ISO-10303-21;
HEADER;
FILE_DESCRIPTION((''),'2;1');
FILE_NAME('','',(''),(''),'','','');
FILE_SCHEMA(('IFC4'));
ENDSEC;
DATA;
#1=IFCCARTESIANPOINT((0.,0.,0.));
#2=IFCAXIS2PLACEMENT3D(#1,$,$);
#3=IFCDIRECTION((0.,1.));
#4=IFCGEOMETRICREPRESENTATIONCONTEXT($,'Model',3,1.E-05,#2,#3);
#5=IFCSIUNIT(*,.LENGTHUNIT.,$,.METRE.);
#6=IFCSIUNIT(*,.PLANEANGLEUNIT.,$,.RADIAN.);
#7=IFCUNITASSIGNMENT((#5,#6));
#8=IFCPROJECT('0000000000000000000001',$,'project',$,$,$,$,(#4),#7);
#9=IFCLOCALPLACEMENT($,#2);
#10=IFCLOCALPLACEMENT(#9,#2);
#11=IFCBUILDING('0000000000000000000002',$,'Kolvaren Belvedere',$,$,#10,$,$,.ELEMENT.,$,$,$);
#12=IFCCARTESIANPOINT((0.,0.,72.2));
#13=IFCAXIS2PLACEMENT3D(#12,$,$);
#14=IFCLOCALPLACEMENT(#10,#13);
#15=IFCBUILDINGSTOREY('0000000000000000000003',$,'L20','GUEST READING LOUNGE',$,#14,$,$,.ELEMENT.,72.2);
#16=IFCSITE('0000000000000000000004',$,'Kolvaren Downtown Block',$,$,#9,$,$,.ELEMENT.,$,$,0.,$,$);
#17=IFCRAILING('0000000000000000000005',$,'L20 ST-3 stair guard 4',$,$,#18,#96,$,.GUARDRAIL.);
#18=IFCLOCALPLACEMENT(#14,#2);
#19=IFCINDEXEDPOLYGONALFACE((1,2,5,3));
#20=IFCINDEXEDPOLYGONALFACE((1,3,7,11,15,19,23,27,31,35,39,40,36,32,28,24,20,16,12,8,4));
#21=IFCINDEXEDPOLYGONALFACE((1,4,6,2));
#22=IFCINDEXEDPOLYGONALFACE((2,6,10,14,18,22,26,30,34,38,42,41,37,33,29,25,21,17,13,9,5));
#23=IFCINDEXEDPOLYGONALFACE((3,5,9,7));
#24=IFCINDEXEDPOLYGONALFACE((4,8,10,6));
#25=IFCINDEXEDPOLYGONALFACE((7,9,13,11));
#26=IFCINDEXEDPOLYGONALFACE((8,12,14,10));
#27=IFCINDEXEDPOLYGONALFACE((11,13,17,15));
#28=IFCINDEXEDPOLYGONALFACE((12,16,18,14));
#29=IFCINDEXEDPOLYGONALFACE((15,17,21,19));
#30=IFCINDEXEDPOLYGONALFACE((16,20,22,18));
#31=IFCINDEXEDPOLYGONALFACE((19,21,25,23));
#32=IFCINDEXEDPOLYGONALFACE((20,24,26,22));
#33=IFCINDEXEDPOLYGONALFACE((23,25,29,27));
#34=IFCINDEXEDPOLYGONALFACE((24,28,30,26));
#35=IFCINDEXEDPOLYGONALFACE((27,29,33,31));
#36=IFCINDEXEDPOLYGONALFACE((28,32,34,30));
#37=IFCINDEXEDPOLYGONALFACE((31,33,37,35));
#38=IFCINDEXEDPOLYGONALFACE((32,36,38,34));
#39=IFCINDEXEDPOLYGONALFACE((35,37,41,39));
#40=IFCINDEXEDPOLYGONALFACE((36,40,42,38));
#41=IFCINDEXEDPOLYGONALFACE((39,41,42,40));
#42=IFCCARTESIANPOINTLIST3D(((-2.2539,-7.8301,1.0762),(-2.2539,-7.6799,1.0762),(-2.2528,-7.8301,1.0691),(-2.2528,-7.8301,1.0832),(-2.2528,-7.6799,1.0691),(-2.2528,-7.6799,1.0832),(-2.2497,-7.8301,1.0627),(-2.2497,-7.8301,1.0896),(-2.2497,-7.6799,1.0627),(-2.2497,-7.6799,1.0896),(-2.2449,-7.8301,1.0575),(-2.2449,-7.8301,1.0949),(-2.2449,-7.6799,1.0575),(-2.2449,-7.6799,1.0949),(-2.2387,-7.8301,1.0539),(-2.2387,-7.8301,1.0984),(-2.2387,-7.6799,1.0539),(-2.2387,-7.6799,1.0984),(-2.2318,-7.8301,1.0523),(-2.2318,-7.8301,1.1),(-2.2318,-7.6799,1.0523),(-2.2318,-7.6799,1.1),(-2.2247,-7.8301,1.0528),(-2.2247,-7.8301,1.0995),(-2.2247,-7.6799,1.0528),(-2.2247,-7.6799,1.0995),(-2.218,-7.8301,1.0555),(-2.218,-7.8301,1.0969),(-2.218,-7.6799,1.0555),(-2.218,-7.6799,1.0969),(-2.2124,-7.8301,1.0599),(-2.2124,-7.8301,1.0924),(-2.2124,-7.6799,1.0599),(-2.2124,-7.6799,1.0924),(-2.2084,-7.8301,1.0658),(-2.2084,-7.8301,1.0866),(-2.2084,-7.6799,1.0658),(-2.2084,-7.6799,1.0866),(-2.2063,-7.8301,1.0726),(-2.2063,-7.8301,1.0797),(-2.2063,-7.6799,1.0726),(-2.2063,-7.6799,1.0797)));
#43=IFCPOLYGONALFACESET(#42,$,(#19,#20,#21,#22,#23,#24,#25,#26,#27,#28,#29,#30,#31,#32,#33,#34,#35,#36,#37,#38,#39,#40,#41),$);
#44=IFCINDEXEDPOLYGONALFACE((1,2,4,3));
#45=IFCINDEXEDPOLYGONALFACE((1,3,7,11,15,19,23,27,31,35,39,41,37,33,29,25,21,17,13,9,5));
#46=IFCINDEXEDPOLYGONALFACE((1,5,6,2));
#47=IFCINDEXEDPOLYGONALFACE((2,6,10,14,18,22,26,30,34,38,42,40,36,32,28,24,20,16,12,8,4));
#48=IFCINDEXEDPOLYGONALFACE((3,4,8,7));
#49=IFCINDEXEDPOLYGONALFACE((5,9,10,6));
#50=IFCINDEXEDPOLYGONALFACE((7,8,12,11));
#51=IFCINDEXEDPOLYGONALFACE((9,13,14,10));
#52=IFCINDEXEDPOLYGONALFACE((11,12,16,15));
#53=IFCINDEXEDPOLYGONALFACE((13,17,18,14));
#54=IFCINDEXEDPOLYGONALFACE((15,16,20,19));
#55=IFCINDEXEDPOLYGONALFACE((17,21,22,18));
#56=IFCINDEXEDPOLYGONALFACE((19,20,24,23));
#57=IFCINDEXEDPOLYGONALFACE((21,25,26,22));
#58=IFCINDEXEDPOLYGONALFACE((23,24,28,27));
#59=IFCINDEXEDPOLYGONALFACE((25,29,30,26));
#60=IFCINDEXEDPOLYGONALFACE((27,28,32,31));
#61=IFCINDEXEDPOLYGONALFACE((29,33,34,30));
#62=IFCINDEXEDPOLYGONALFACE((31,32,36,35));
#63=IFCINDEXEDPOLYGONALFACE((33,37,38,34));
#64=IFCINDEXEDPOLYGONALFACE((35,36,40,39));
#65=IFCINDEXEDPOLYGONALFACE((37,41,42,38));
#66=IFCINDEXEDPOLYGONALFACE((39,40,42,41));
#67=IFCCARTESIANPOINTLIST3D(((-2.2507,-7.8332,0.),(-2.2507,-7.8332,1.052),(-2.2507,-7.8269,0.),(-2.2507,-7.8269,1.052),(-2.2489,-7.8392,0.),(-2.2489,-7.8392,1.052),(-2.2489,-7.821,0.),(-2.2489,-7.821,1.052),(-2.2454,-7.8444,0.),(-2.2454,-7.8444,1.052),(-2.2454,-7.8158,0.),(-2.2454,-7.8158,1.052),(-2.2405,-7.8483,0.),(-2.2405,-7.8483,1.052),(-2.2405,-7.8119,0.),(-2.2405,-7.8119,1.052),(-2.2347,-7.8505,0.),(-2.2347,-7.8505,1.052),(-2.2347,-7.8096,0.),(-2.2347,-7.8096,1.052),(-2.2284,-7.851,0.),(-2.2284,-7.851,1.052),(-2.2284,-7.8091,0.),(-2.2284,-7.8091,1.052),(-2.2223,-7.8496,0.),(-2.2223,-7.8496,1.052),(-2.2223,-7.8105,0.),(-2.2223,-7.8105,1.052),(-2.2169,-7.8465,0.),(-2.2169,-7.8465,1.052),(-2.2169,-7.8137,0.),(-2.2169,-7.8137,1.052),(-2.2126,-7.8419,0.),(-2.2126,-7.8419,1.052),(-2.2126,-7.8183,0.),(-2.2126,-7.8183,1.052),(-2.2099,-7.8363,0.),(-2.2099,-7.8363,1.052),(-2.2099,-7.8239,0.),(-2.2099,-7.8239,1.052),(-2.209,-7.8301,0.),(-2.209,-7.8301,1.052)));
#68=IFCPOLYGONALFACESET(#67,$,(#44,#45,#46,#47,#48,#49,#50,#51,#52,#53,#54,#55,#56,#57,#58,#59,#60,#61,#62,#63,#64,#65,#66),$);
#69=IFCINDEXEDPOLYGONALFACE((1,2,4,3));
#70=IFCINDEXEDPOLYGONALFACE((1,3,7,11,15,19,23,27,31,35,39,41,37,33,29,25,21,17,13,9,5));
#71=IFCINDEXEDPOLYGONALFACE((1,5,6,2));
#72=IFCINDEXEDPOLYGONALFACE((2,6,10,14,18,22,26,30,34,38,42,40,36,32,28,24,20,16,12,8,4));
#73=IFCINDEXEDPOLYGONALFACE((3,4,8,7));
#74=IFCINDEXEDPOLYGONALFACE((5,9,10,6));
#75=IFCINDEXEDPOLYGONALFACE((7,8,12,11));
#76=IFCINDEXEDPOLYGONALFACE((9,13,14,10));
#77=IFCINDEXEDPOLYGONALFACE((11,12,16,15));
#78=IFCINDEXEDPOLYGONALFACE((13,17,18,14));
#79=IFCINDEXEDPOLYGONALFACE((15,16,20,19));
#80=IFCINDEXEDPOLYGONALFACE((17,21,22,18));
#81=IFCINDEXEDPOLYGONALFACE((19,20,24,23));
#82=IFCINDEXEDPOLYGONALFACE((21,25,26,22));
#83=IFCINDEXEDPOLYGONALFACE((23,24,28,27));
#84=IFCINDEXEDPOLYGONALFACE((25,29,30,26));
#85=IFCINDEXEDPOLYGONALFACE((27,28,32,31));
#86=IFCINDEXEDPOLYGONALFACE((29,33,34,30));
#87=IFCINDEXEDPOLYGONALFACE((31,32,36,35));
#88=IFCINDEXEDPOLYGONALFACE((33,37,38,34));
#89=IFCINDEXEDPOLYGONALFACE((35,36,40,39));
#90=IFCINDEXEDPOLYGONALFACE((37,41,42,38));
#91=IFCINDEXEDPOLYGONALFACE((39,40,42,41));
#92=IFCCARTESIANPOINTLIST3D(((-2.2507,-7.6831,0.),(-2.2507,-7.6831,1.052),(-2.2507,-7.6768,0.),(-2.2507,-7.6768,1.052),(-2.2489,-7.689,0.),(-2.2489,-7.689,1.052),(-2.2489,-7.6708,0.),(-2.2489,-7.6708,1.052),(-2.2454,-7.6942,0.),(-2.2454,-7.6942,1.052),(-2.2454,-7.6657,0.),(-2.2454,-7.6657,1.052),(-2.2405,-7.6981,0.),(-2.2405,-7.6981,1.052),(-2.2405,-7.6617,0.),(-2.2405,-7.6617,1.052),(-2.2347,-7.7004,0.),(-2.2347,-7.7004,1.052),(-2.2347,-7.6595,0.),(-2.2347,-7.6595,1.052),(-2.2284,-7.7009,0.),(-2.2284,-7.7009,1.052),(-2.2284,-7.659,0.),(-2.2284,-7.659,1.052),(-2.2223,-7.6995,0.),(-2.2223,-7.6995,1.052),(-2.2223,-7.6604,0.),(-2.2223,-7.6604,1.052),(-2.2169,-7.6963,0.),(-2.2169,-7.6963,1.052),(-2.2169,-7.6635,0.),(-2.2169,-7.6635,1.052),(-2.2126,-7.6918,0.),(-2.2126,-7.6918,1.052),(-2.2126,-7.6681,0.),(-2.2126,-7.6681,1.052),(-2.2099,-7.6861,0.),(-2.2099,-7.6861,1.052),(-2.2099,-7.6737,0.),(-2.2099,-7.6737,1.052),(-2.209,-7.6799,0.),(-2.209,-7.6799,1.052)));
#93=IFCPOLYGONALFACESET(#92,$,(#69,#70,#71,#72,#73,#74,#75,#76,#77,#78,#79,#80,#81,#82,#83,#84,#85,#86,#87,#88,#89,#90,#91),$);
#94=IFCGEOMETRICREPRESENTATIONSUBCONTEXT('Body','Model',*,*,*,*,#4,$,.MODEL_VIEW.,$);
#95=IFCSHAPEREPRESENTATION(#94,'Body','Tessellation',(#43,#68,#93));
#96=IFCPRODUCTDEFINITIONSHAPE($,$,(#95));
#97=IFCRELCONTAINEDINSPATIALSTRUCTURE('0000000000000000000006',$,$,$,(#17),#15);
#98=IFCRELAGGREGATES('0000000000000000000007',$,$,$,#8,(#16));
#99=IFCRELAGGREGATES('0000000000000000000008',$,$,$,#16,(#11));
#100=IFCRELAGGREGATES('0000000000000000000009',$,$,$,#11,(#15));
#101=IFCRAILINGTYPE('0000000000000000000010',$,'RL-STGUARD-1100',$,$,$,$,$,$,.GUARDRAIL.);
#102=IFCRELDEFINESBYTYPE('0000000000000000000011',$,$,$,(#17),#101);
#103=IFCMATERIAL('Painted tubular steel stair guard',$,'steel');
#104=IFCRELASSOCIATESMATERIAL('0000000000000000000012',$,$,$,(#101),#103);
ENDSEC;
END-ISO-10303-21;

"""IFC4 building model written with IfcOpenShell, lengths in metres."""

from ifc_helpers import new_model, si_unit, direction, frame, origin, origin_2d, place, context, subcontext, project, spatial, circle, extrude, material, type_object, element, save


model = new_model("IFC4")

# Units and contexts
model_context = context("Model", 3, precision=1e-05, world=origin(), true_north=direction((0.0, 1.0)))
body_context = subcontext(model_context, "Body", "Model", "MODEL_VIEW")
ifc_project = project(units=[si_unit("LENGTHUNIT", "METRE"), si_unit("PLANEANGLEUNIT", "RADIAN")], contexts=[model_context])

# Site, building, storey
site_placement = place(None, origin())
site = spatial("IfcSite", under=ifc_project, at=site_placement, Name="Kolvaren Downtown Block", CompositionType="ELEMENT", RefElevation=0.0)
building_placement = place(site_placement, origin())
building = spatial("IfcBuilding", under=site, at=building_placement, Name="Kolvaren Belvedere", CompositionType="ELEMENT")
storey_placement = place(building_placement, frame((0.0, 0.0, 72.2)))
storey = spatial("IfcBuildingStorey", under=building, at=storey_placement, Name="L20", Description="GUEST READING LOUNGE", CompositionType="ELEMENT", Elevation=72.2)

# Railing
ifc_material_1 = material(Name="Painted tubular steel stair guard", Category="steel")
railing_type_1 = type_object("IfcRailingType", Name="RL-STGUARD-1100", PredefinedType="GUARDRAIL", material=ifc_material_1)
railing_1_placement = place(storey_placement, frame((-2.23, -7.8301, 0.0)))
element("IfcRailing", 1, at=railing_1_placement, inside=storey, type_object=railing_type_1, Name="L20 ST-3 stair guard 4", PredefinedType="GUARDRAIL", context=body_context, shape_type="SweptSolid", body=[
    extrude(circle(Radius=0.0239, at=origin_2d()), frame((0.0, 0.0, 1.0762), z_axis=(0.0, 1.0, 0.0), x_axis=(-1.0, 0.0, 0.0)), (0.0, 0.0, 1.0), 0.1501),
    extrude(circle(Radius=0.021, at=origin_2d()), origin(), (0.0, 0.0, 1.0), 1.052),
    extrude(circle(Radius=0.021, at=origin_2d()), frame((0.0, 0.1501, 0.0)), (0.0, 0.0, 1.0), 1.052),
])

save(model, "model.ifc")
